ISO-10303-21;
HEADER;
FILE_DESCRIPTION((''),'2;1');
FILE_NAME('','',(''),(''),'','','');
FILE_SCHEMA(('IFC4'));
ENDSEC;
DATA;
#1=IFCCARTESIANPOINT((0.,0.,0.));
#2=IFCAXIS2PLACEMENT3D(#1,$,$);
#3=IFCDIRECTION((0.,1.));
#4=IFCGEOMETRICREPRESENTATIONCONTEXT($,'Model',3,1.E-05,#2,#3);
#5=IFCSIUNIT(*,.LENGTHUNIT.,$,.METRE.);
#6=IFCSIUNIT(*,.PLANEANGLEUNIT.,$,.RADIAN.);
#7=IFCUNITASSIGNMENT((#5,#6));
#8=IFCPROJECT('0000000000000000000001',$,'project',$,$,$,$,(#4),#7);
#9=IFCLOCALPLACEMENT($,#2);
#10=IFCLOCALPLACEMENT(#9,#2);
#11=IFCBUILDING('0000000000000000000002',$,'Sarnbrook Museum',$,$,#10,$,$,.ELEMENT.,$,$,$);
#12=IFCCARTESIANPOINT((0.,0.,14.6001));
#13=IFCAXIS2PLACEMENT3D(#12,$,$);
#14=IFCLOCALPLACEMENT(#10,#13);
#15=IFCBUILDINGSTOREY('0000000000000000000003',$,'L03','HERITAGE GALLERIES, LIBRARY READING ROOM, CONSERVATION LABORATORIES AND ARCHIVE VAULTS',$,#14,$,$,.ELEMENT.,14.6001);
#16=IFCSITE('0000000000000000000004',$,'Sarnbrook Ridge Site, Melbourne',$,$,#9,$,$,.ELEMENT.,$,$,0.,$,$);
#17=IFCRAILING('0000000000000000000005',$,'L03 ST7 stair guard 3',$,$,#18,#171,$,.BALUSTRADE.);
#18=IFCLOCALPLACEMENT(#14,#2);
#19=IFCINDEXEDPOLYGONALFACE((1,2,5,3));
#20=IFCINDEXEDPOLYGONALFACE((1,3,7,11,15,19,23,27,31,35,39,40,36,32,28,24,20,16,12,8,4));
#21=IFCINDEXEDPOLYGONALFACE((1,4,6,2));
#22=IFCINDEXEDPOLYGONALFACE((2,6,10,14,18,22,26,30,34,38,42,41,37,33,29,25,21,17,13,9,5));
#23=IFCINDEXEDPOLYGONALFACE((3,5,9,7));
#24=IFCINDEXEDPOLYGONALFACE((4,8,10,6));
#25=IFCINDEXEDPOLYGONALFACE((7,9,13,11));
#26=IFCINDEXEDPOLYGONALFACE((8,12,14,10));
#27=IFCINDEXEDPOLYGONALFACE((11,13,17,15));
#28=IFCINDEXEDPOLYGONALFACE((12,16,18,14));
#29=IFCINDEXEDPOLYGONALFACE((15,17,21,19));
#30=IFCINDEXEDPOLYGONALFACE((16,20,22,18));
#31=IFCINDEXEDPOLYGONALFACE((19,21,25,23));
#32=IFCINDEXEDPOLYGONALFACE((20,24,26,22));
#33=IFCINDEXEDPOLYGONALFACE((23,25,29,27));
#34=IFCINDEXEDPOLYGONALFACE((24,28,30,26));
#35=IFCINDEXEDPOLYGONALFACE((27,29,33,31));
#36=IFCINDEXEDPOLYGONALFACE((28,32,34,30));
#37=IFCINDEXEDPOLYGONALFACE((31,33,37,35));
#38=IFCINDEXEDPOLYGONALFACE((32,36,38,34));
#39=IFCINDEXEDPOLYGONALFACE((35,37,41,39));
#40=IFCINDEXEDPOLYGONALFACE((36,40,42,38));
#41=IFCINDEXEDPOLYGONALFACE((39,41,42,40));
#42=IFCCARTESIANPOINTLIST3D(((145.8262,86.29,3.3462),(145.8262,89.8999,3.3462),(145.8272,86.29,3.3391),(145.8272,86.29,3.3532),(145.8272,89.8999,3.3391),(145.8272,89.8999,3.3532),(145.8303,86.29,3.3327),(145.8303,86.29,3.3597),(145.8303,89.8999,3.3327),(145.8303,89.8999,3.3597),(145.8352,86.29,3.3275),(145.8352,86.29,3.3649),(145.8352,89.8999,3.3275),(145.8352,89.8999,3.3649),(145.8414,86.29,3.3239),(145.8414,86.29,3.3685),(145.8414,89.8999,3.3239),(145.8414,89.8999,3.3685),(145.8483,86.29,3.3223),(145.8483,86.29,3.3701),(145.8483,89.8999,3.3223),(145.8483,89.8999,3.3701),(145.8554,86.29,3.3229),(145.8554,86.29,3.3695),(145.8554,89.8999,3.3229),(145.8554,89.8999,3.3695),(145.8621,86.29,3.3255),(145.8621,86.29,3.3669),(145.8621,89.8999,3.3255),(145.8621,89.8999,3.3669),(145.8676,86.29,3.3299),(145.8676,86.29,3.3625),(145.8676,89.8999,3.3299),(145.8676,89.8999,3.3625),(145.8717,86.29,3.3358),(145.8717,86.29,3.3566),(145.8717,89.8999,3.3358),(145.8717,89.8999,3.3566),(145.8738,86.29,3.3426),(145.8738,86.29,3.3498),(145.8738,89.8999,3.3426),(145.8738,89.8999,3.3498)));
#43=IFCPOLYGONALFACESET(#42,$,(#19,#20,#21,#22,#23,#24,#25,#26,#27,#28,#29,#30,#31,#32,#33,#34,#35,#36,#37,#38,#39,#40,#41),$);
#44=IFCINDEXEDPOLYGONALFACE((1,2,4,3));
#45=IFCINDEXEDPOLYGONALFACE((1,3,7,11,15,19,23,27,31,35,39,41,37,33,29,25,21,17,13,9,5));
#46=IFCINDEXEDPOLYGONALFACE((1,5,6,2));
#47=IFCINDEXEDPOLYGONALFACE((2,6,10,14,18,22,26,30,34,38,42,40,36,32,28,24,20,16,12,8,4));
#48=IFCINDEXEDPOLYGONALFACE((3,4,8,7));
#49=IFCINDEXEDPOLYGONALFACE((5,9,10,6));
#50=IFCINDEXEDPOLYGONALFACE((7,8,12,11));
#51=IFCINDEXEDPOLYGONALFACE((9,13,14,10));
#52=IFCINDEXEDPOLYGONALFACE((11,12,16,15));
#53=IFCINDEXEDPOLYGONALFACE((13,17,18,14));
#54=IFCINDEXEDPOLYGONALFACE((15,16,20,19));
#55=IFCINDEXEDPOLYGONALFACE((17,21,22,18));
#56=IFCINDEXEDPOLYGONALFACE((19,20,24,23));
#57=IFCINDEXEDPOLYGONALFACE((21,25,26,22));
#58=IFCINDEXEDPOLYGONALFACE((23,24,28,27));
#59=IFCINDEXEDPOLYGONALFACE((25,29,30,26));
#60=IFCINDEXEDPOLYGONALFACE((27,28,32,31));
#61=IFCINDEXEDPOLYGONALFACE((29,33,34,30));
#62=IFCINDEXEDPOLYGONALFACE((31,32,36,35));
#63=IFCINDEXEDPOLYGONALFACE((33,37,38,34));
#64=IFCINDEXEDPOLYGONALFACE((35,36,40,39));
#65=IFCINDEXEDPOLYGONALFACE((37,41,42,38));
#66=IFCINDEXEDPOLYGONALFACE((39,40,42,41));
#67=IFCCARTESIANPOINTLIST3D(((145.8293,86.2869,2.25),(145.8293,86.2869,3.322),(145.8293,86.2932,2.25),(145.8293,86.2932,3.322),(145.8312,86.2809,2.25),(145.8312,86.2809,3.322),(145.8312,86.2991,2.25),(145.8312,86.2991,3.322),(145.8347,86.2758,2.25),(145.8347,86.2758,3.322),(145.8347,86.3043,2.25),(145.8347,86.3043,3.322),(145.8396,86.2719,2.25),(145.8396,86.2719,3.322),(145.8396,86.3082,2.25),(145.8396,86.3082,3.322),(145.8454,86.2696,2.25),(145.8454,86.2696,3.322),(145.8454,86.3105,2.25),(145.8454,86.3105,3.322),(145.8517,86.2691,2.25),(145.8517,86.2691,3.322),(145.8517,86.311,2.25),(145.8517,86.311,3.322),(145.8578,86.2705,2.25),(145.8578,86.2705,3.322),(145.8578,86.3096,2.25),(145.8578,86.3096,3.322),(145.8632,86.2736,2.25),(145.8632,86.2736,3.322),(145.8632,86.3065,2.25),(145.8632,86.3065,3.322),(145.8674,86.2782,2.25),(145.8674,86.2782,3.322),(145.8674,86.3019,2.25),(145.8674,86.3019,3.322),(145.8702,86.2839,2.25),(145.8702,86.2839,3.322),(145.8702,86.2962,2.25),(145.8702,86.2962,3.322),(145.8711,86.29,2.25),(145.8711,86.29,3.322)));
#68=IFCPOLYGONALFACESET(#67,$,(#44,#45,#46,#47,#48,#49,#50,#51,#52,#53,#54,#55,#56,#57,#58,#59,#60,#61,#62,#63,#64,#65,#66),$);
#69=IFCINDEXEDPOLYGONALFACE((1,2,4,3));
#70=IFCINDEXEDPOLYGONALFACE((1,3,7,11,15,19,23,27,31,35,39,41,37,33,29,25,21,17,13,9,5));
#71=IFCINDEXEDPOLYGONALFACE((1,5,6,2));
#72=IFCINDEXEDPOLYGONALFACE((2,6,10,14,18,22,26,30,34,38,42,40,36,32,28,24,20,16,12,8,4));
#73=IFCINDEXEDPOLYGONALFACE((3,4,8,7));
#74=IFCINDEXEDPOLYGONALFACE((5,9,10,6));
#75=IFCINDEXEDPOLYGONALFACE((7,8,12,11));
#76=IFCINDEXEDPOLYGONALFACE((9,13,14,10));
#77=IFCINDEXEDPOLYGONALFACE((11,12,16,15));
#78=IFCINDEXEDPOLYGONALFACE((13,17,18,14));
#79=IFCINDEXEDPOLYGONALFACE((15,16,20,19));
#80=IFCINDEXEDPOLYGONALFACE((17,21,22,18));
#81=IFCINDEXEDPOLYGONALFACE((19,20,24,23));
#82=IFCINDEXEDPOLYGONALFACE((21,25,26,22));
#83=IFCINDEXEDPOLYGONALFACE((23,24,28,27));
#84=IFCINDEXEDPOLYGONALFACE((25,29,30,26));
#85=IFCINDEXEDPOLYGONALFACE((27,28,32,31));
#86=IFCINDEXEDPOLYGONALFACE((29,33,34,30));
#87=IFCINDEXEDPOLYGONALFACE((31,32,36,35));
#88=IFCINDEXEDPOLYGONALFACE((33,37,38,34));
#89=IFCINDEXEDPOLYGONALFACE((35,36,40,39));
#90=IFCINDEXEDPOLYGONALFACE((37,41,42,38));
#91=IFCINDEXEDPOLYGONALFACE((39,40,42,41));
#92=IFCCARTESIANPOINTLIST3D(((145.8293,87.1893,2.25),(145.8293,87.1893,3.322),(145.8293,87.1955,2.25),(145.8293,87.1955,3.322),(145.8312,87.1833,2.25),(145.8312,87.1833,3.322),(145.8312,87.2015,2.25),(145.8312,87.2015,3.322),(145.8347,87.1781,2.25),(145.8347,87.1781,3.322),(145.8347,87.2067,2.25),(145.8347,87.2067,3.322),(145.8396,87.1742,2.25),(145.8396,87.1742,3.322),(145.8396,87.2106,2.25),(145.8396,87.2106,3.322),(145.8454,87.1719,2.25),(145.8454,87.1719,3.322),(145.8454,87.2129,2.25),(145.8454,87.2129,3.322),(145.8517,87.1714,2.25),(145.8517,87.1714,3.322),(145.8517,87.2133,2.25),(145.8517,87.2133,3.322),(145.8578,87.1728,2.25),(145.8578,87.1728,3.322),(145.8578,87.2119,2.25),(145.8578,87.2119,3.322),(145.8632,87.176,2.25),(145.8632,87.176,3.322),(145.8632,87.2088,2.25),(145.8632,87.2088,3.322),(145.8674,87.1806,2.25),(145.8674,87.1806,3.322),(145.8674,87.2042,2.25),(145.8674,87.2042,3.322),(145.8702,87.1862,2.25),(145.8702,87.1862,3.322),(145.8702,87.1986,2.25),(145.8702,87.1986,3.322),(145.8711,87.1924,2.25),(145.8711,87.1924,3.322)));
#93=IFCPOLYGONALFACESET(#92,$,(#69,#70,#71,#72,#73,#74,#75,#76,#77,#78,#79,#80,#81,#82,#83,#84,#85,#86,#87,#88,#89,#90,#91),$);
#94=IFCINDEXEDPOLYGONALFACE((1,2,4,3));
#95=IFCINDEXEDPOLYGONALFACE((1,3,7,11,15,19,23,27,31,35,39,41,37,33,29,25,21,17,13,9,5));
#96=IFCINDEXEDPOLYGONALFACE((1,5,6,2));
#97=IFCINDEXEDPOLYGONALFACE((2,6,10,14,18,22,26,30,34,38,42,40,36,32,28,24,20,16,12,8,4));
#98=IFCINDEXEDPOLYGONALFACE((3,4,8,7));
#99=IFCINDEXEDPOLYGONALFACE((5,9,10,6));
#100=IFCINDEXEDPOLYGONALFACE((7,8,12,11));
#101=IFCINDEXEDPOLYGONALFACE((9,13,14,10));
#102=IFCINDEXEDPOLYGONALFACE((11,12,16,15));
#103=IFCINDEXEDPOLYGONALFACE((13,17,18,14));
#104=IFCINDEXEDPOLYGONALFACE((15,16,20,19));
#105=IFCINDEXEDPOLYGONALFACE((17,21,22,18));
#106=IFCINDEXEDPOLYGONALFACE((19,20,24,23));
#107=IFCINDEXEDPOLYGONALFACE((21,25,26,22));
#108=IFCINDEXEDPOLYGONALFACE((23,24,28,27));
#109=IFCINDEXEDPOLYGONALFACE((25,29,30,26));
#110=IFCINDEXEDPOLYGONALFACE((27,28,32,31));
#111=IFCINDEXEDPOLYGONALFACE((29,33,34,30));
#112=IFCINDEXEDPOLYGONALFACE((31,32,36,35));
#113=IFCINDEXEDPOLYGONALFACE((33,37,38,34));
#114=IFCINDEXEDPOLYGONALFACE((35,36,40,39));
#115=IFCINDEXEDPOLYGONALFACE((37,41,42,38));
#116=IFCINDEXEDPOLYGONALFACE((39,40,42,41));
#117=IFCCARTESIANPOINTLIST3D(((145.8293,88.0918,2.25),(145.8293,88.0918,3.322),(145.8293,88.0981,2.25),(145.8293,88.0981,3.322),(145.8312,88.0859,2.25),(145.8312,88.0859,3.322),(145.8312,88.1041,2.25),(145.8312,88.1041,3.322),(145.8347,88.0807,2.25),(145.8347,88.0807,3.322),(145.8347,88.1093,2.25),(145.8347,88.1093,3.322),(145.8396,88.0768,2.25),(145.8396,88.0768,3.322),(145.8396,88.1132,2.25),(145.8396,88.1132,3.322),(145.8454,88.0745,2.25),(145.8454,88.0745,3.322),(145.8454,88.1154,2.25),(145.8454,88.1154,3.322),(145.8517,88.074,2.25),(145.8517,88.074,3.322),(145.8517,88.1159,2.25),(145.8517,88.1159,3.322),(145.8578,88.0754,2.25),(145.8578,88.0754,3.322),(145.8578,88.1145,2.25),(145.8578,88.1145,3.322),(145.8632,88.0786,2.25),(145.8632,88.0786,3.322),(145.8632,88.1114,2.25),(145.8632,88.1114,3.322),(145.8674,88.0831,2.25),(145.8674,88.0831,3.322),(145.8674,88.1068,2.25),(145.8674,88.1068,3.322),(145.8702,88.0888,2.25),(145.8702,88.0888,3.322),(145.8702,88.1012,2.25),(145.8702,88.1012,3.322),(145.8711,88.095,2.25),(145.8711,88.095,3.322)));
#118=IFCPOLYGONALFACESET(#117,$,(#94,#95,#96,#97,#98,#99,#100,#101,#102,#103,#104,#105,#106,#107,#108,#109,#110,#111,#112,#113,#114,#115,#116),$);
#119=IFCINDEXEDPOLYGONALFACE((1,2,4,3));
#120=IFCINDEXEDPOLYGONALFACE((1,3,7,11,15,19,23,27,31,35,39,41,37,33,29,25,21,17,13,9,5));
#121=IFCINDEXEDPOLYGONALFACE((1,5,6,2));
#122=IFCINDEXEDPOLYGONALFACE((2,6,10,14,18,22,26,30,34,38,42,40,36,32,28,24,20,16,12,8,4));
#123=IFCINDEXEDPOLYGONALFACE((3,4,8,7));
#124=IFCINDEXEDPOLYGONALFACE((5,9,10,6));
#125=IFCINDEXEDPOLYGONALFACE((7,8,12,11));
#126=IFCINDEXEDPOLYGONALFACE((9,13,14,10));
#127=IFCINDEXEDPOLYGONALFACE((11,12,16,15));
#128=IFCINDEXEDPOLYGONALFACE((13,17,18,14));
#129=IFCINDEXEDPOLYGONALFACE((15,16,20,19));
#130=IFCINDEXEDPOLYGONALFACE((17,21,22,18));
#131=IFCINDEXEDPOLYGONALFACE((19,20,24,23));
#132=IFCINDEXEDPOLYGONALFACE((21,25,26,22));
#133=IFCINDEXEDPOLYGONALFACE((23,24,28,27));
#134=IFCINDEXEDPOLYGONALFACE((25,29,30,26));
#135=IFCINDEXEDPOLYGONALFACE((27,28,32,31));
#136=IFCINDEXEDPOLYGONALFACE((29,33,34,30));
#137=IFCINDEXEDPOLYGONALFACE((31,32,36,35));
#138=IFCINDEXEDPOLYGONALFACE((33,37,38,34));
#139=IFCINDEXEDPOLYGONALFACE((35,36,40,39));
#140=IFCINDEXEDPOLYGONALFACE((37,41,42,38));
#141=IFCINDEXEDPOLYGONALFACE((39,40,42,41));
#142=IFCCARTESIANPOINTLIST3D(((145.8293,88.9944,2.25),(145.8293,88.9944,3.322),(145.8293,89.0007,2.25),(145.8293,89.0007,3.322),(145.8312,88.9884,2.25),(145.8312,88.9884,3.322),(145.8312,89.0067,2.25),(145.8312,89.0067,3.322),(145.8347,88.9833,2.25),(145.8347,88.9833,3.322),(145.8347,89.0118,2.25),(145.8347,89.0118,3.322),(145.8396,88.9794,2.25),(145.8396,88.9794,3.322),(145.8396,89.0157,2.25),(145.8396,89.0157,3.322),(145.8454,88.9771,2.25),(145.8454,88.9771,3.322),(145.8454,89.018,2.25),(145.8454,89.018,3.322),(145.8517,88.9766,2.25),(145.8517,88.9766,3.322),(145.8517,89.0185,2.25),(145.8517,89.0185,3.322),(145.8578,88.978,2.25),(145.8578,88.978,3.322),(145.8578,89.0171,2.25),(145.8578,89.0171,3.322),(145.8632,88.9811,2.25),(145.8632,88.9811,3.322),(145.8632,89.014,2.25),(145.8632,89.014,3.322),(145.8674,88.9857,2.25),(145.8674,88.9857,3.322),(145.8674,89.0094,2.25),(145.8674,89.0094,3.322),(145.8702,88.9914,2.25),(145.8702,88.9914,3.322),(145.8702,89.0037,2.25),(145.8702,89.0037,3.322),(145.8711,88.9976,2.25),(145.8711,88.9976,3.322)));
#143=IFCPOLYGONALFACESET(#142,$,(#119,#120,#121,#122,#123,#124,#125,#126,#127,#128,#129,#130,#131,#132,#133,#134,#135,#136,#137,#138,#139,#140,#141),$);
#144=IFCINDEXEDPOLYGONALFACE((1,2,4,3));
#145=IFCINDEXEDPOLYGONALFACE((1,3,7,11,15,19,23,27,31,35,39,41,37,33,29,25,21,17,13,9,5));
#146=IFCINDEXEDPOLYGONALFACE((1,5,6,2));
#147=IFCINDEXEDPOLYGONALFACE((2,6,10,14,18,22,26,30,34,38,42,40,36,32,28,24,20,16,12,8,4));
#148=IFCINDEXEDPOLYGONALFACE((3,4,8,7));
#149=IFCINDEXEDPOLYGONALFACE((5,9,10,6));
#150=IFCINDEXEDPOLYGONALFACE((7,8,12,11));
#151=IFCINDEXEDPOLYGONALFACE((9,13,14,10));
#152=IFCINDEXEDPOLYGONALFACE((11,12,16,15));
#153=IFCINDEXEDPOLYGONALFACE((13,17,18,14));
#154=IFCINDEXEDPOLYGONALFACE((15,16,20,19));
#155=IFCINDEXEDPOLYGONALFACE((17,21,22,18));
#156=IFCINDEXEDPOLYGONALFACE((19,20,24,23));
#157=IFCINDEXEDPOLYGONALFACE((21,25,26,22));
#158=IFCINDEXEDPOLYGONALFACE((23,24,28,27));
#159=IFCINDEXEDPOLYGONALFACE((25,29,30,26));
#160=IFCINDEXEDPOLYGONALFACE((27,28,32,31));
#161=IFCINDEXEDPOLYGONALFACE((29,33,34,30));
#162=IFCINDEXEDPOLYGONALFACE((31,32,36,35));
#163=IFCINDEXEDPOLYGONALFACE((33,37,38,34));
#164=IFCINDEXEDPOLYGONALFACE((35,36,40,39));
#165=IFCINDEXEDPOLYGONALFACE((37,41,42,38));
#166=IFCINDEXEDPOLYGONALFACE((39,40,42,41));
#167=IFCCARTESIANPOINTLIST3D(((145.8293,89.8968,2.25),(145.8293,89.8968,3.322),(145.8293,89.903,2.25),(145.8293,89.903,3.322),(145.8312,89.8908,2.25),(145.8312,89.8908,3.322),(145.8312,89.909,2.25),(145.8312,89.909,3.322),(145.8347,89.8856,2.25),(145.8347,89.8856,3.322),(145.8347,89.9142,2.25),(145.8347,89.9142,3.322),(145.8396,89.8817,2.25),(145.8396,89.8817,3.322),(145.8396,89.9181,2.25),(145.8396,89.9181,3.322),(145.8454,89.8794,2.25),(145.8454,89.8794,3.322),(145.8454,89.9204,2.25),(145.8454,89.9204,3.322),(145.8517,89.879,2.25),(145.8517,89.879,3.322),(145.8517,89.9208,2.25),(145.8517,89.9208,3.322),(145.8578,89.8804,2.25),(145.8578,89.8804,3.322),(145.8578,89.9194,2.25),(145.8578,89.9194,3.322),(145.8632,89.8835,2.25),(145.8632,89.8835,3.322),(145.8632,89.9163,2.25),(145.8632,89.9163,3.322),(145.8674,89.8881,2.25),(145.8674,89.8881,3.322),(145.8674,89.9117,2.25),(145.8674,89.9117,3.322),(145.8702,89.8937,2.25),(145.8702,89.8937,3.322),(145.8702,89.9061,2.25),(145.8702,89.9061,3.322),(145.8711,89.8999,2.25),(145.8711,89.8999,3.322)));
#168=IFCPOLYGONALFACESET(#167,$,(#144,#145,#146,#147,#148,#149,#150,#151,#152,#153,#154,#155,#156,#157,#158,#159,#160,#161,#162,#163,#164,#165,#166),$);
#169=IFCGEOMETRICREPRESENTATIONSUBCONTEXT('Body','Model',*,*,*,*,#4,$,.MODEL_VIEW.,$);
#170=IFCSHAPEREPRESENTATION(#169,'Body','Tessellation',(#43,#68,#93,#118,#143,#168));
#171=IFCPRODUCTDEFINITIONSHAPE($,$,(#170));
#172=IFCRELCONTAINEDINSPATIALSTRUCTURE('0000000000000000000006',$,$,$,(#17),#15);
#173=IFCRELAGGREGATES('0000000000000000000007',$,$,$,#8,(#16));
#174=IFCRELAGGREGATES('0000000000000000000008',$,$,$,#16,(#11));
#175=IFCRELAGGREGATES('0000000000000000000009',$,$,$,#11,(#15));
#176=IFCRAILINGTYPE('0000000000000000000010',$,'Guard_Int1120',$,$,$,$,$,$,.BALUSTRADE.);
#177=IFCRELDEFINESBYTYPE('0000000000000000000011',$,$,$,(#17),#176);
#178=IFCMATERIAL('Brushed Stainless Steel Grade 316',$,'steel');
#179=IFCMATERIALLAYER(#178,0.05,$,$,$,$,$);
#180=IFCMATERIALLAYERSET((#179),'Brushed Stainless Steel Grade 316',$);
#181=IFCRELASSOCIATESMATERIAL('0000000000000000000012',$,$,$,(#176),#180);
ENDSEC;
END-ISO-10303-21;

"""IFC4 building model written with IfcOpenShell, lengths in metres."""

from ifc_helpers import new_model, si_unit, direction, frame, origin, origin_2d, place, context, subcontext, project, spatial, circle, extrude, material, layer, layer_set, type_object, element, save


model = new_model("IFC4")

# Units and contexts
model_context = context("Model", 3, precision=1e-05, world=origin(), true_north=direction((0.0, 1.0)))
body_context = subcontext(model_context, "Body", "Model", "MODEL_VIEW")
ifc_project = project(units=[si_unit("LENGTHUNIT", "METRE"), si_unit("PLANEANGLEUNIT", "RADIAN")], contexts=[model_context])

# Site, building, storey
site_placement = place(None, origin())
site = spatial("IfcSite", under=ifc_project, at=site_placement, Name="Sarnbrook Ridge Site, Melbourne", CompositionType="ELEMENT", RefElevation=0.0)
building_placement = place(site_placement, origin())
building = spatial("IfcBuilding", under=site, at=building_placement, Name="Sarnbrook Museum", CompositionType="ELEMENT")
storey_placement = place(building_placement, frame((0.0, 0.0, 14.6001)))
storey = spatial("IfcBuildingStorey", under=building, at=storey_placement, Name="L03", Description="HERITAGE GALLERIES, LIBRARY READING ROOM, CONSERVATION LABORATORIES AND ARCHIVE VAULTS", CompositionType="ELEMENT", Elevation=14.6001)

# Railing
ifc_material_1 = material(Name="Brushed Stainless Steel Grade 316", Category="steel")
ifc_layer_1 = layer(ifc_material_1, 0.05)
ifc_layer_set_1 = layer_set([ifc_layer_1], Name="Brushed Stainless Steel Grade 316")
railing_type = type_object("IfcRailingType", Name="Guard_Int1120", PredefinedType="BALUSTRADE", material=ifc_layer_set_1)
railing_1_placement = place(storey_placement, frame((145.8501, 86.29, 2.25)))
element("IfcRailing", 1, at=railing_1_placement, inside=storey, type_object=railing_type, Name="L03 ST7 stair guard 3", PredefinedType="BALUSTRADE", context=body_context, shape_type="SweptSolid", body=[
    extrude(circle(Radius=0.0239, at=origin_2d()), frame((0.0, 0.0, 1.0962), z_axis=(0.0, 1.0, 0.0), x_axis=(-1.0, 0.0, 0.0)), (0.0, 0.0, 1.0), 3.6099),
    extrude(circle(Radius=0.021, at=origin_2d()), origin(), (0.0, 0.0, 1.0), 1.072),
    extrude(circle(Radius=0.021, at=origin_2d()), frame((0.0, 0.9023, 0.0)), (0.0, 0.0, 1.0), 1.072),
    extrude(circle(Radius=0.021, at=origin_2d()), frame((0.0, 1.8049, 0.0)), (0.0, 0.0, 1.0), 1.072),
    extrude(circle(Radius=0.021, at=origin_2d()), frame((0.0, 2.7075, 0.0)), (0.0, 0.0, 1.0), 1.072),
    extrude(circle(Radius=0.021, at=origin_2d()), frame((0.0, 3.6099, 0.0)), (0.0, 0.0, 1.0), 1.072),
])

save(model, "model.ifc")
